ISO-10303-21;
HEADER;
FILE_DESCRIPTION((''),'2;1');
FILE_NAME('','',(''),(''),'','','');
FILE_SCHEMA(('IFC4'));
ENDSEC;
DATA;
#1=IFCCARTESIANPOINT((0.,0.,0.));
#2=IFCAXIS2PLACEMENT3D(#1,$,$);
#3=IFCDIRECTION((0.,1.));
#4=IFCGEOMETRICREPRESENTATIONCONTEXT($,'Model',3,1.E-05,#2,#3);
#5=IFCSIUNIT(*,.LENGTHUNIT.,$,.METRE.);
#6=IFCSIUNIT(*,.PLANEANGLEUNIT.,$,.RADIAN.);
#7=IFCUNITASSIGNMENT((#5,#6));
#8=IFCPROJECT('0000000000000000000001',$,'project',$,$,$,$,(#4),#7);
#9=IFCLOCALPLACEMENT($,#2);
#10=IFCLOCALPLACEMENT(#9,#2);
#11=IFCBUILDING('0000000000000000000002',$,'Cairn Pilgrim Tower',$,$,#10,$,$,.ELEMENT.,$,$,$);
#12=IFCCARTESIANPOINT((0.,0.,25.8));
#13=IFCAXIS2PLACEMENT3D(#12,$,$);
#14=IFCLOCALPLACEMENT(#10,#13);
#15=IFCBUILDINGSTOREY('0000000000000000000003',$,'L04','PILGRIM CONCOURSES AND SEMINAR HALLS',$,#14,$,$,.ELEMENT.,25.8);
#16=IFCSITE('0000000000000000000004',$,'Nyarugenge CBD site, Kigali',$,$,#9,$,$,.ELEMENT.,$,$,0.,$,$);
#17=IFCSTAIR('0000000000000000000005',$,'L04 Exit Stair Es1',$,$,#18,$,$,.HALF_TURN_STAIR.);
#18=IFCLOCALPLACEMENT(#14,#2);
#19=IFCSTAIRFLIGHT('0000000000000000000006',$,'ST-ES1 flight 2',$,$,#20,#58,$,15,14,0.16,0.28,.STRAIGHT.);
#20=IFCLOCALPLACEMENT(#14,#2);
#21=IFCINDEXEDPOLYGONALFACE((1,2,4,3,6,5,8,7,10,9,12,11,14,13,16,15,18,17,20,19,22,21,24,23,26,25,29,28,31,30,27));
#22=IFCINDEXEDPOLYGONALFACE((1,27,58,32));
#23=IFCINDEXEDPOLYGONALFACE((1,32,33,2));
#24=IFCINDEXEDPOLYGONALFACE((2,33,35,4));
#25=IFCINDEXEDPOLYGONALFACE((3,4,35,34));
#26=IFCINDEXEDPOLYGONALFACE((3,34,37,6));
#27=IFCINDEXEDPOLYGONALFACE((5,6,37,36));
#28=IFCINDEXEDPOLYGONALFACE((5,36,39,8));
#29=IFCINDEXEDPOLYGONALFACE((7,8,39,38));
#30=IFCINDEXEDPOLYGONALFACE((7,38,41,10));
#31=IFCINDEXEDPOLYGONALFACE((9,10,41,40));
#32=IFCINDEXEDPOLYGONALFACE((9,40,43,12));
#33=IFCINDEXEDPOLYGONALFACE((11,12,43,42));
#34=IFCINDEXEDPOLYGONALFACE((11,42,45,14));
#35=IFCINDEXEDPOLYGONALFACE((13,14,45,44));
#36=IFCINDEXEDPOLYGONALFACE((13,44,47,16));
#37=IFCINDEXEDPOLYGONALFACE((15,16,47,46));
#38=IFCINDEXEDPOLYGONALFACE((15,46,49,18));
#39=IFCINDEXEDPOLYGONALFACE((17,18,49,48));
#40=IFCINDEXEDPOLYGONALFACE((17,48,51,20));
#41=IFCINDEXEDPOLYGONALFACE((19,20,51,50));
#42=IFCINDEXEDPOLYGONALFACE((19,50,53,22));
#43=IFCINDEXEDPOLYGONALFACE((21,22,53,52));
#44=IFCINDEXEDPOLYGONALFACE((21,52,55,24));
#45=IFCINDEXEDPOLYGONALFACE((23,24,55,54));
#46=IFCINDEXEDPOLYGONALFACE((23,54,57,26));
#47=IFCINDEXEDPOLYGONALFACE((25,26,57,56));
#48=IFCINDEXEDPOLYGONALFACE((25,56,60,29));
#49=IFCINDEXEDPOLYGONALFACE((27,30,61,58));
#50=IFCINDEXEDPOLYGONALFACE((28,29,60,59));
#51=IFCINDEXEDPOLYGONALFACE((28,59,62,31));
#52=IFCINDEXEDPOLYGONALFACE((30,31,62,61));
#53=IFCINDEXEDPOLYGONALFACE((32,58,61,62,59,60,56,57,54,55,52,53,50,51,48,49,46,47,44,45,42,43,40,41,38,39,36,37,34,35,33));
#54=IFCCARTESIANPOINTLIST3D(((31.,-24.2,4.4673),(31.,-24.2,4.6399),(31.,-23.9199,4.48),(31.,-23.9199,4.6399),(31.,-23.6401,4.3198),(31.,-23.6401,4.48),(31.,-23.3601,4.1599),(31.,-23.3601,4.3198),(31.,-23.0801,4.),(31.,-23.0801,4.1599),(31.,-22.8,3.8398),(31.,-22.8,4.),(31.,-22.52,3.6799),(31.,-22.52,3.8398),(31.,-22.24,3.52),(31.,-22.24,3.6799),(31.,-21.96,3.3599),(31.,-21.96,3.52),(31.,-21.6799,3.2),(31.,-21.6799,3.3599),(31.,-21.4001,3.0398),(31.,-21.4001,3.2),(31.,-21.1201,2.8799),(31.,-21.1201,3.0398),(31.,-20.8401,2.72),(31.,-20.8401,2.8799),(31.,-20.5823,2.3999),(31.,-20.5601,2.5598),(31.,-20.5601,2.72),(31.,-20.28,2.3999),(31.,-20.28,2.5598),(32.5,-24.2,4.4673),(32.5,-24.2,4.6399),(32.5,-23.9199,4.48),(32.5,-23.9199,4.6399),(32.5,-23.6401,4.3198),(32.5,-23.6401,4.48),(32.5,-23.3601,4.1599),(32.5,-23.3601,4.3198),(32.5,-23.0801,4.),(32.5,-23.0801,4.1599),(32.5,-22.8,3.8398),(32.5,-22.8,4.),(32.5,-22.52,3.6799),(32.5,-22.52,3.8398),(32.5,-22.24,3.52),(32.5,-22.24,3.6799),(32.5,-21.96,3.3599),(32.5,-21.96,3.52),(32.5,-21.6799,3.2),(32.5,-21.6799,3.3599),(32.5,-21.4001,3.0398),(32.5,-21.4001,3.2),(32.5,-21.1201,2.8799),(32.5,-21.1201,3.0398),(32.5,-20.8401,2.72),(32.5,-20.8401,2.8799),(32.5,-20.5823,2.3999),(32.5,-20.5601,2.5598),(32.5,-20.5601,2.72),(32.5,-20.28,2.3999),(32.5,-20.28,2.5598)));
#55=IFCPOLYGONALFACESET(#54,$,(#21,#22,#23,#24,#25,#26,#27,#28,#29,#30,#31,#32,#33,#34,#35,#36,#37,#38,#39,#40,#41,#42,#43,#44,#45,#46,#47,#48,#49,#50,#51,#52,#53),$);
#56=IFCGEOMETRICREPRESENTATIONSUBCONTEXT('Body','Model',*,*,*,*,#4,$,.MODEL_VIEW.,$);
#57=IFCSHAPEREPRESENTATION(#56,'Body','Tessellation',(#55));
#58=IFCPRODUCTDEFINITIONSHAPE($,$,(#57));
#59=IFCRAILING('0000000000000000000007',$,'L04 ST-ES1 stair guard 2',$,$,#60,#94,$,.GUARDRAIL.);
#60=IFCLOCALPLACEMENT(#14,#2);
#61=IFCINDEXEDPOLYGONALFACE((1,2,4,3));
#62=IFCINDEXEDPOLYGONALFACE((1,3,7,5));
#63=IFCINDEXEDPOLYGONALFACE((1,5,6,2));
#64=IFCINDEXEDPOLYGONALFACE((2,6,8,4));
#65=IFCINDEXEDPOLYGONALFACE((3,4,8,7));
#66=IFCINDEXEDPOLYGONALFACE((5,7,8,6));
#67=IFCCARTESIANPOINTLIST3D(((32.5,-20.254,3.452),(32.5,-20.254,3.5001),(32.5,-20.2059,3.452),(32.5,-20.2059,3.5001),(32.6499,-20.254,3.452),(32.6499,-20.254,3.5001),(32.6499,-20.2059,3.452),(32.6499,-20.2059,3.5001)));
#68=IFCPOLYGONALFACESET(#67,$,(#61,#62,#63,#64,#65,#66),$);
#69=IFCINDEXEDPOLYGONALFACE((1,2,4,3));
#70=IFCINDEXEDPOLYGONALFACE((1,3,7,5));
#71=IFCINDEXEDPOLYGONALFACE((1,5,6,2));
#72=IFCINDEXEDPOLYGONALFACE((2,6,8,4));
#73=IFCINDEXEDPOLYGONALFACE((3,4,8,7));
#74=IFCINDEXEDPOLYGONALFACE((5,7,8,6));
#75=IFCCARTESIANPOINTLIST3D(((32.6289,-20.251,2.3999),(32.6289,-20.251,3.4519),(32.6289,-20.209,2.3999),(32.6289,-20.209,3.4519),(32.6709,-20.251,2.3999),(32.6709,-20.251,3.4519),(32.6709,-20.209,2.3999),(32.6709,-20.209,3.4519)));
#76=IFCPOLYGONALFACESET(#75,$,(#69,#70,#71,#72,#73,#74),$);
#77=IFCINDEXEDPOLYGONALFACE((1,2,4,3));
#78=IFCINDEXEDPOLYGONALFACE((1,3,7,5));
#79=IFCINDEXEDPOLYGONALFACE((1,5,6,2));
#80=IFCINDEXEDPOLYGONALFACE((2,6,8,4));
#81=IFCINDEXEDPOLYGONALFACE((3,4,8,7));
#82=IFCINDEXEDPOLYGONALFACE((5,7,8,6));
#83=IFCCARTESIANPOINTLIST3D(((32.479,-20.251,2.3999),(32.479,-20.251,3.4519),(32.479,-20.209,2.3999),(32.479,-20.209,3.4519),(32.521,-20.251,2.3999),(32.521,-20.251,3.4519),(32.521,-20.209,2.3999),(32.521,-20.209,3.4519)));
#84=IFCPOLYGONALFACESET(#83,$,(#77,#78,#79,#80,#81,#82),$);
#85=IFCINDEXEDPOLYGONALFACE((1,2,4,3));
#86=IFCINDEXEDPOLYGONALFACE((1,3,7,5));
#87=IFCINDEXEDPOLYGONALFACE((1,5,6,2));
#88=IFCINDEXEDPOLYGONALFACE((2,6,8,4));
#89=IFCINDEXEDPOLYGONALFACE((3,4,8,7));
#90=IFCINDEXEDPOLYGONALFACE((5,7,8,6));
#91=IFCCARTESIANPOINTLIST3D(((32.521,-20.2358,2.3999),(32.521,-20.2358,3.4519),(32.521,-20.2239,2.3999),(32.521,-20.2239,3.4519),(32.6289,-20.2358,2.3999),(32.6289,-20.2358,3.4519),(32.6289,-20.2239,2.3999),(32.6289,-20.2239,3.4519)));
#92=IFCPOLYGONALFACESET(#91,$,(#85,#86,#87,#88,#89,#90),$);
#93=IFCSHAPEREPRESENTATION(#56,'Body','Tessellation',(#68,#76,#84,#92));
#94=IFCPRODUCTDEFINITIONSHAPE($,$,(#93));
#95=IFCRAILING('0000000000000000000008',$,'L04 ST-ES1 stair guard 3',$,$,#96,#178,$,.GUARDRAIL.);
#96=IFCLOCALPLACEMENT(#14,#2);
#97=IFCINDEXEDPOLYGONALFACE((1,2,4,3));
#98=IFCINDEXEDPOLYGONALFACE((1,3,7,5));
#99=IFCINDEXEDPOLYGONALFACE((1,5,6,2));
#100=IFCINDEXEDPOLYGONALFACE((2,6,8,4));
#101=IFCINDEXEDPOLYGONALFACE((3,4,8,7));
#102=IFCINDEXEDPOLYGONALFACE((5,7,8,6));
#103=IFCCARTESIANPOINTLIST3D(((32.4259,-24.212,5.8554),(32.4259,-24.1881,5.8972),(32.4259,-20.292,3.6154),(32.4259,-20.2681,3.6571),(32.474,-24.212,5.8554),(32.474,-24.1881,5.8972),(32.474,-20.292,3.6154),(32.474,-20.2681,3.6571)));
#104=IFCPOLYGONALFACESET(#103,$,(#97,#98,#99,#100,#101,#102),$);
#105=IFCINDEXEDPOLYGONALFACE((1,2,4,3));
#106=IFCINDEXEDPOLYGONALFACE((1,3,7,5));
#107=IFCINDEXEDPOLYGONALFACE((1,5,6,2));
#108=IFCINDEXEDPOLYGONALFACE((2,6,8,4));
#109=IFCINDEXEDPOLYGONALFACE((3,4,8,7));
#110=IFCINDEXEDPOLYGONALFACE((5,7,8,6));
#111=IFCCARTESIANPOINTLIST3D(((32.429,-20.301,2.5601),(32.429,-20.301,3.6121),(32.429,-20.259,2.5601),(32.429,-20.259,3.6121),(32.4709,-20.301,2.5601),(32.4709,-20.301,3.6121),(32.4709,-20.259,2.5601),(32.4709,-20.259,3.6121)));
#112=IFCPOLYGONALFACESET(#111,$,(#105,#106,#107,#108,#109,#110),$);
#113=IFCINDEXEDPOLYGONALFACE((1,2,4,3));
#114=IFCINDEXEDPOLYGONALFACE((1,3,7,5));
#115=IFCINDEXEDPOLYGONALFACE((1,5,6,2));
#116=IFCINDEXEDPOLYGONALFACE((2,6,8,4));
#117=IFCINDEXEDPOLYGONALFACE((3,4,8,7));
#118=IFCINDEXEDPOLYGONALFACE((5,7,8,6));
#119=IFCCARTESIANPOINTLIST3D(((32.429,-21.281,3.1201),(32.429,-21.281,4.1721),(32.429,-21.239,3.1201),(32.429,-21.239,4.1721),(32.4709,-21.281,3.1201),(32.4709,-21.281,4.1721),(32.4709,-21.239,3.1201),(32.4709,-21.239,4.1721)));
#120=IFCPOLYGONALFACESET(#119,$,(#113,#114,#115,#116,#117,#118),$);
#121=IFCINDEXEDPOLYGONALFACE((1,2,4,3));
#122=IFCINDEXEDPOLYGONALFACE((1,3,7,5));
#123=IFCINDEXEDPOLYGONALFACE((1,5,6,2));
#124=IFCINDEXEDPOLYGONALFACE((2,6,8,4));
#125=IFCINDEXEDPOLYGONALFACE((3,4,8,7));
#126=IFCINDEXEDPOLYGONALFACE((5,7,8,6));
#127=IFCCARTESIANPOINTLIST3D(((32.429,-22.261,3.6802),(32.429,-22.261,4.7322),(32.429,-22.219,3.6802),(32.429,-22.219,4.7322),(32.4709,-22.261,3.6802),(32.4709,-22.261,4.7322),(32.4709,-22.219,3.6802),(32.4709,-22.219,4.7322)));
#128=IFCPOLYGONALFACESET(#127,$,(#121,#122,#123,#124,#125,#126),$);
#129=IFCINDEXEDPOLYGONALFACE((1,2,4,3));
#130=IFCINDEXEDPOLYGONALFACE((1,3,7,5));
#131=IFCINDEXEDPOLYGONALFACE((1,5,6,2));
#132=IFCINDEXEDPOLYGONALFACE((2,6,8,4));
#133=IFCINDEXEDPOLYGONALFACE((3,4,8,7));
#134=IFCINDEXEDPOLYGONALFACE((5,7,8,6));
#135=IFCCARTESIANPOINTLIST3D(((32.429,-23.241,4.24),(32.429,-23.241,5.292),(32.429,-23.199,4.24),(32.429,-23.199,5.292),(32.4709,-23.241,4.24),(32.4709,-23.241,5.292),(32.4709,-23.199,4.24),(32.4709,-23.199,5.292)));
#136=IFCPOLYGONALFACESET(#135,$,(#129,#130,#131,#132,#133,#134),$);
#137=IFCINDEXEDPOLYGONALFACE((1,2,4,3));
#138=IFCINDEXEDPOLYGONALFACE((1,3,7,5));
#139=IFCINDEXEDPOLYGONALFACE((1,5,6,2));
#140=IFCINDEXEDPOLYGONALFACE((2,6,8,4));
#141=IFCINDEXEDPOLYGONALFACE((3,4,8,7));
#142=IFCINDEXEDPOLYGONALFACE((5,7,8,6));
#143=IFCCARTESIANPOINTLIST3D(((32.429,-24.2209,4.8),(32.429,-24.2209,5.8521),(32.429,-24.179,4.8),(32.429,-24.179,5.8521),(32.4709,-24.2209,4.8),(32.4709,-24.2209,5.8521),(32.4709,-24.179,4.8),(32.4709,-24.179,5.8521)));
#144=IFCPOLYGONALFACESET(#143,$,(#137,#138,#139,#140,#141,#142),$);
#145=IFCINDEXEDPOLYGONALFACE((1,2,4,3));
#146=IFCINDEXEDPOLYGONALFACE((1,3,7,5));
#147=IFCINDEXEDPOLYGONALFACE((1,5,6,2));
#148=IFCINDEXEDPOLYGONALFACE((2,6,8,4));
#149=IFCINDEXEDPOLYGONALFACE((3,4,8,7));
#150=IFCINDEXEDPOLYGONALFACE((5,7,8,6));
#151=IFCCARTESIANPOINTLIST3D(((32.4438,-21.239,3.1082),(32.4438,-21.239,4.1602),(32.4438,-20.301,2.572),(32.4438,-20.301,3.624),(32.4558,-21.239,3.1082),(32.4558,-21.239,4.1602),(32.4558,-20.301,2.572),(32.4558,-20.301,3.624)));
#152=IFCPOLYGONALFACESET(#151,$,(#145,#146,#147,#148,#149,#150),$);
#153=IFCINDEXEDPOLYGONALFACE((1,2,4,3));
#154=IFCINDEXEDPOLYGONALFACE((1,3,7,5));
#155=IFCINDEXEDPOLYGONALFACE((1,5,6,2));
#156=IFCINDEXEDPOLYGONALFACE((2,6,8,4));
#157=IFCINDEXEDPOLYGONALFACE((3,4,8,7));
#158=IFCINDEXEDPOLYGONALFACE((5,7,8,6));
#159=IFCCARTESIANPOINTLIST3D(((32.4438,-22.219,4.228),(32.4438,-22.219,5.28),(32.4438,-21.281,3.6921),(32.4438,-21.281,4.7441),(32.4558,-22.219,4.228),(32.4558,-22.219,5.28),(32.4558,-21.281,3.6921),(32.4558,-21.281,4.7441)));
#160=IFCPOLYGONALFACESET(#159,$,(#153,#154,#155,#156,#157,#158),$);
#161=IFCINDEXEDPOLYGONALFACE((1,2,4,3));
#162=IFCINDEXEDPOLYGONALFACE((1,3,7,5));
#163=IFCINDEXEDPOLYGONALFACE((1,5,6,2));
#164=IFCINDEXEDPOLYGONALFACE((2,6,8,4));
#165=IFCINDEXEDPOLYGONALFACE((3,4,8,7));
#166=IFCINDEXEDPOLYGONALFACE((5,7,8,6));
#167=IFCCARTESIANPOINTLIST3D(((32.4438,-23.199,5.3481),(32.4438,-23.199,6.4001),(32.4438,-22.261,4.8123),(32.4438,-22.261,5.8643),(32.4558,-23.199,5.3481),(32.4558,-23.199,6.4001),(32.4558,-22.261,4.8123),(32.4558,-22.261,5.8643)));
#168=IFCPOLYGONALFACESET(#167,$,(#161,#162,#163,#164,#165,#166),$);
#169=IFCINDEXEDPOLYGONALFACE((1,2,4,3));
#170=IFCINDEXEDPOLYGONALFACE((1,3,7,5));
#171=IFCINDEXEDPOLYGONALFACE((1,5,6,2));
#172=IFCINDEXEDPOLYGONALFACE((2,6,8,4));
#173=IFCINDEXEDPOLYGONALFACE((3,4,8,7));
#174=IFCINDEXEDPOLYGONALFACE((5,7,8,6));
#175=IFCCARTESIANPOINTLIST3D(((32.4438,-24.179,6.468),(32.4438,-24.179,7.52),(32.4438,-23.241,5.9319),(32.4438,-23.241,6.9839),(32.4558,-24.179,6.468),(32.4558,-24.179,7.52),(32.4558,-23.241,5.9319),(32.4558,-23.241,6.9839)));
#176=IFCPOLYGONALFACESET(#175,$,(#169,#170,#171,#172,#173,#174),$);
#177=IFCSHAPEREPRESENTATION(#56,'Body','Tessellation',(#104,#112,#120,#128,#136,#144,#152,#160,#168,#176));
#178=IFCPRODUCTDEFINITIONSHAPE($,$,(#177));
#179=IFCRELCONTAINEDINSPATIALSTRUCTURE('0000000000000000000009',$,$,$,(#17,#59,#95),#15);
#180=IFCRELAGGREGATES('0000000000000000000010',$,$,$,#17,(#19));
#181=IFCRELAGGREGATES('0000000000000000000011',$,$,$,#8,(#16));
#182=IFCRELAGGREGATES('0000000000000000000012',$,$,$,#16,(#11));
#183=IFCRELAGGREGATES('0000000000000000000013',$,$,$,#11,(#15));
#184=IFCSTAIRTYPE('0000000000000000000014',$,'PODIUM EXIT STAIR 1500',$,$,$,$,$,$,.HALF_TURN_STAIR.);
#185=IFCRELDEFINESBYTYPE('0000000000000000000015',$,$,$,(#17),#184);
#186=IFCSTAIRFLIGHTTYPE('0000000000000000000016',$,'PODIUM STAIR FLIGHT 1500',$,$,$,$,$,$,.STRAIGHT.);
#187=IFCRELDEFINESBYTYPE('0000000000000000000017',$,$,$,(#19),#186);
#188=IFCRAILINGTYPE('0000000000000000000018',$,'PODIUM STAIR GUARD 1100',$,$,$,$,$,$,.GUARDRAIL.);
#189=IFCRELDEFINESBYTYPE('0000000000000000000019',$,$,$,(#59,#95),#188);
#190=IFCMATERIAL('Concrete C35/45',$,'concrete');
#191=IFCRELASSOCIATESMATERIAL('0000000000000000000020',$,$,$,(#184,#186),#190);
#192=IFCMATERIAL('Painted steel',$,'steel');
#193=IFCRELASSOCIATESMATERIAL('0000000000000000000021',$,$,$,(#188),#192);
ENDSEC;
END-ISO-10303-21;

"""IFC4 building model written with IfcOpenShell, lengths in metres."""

from ifc_helpers import new_model, si_unit, direction, frame, origin, origin_2d, place, context, subcontext, project, spatial, polyline, rectangle, outline, extrude, material, type_object, element, aggregate, save


model = new_model("IFC4")

# Units and contexts
model_context = context("Model", 3, precision=1e-05, world=origin(), true_north=direction((0.0, 1.0)))
body_context = subcontext(model_context, "Body", "Model", "MODEL_VIEW")
ifc_project = project(units=[si_unit("LENGTHUNIT", "METRE"), si_unit("PLANEANGLEUNIT", "RADIAN")], contexts=[model_context])

# Site, building, storey
site_placement = place(None, origin())
site = spatial("IfcSite", under=ifc_project, at=site_placement, Name="Nyarugenge CBD site, Kigali", CompositionType="ELEMENT", RefElevation=0.0)
building_placement = place(site_placement, origin())
building = spatial("IfcBuilding", under=site, at=building_placement, Name="Cairn Pilgrim Tower", CompositionType="ELEMENT")
storey_placement = place(building_placement, frame((0.0, 0.0, 25.8)))
storey = spatial("IfcBuildingStorey", under=building, at=storey_placement, Name="L04", Description="PILGRIM CONCOURSES AND SEMINAR HALLS", CompositionType="ELEMENT", Elevation=25.8)

# Shared definitions
ifc_material_1 = material(Name="Concrete C35/45", Category="concrete")

# Stair, stair flight
stair_type = type_object("IfcStairType", Name="PODIUM EXIT STAIR 1500", PredefinedType="HALF_TURN_STAIR", material=ifc_material_1)
stair_placement = place(storey_placement, origin())
stair = element("IfcStair", 1, at=stair_placement, inside=storey, type_object=stair_type, Name="L04 Exit Stair Es1", PredefinedType="HALF_TURN_STAIR")
stair_flight_type = type_object("IfcStairFlightType", Name="PODIUM STAIR FLIGHT 1500", PredefinedType="STRAIGHT", material=ifc_material_1)
stair_flight_placement = place(storey_placement, frame((31.75, -20.28, 2.3999), z_axis=(0.0, 0.0, 1.0), x_axis=(0.0, -1.0, 0.0)))
stair_flight = element("IfcStairFlight", 2, at=stair_flight_placement, type_object=stair_flight_type, Name="ST-ES1 flight 2", NumberOfRisers=15, NumberOfTreads=14, PredefinedType="STRAIGHT", RiserHeight=0.16, TreadLength=0.28, context=body_context, shape_type="SweptSolid", body=[
    extrude(outline(polyline([(0.0, 0.0), (0.0, 0.1599), (0.28, 0.1599), (0.28, 0.3201), (0.5601, 0.3201), (0.5601, 0.48), (0.8401, 0.48), (0.8401, 0.6399), (1.1201, 0.6399), (1.1201, 0.8), (1.3999, 0.8), (1.3999, 0.96), (1.6799, 0.96), (1.6799, 1.1201), (1.96, 1.1201), (1.96, 1.28), (2.24, 1.28), (2.24, 1.4399), (2.52, 1.4399), (2.52, 1.6001), (2.8, 1.6001), (2.8, 1.76), (3.0801, 1.76), (3.0801, 1.9199), (3.3601, 1.9199), (3.3601, 2.0801), (3.6399, 2.0801), (3.6399, 2.24), (3.9199, 2.24), (3.9199, 2.3999), (3.9199, 2.0674), (0.3022, 0.0), (0.0, 0.0)])), frame((0.0, 0.75, 0.0), z_axis=(0.0, -1.0, 0.0), x_axis=(1.0, 0.0, 0.0)), (0.0, 0.0, 1.0), 1.5),
])
aggregate(stair, [stair_flight])

# Railings
ifc_material_2 = material(Name="Painted steel", Category="steel")
railing_type_1 = type_object("IfcRailingType", Name="PODIUM STAIR GUARD 1100", PredefinedType="GUARDRAIL", material=ifc_material_2)
railing_1_placement = place(storey_placement, frame((32.6499, -20.23, 2.3999)))
element("IfcRailing", 3, at=railing_1_placement, inside=storey, type_object=railing_type_1, Name="L04 ST-ES1 stair guard 2", PredefinedType="GUARDRAIL", context=body_context, shape_type="SweptSolid", body=[
    extrude(rectangle(XDim=0.0481, YDim=0.0481, at=origin_2d()), frame((0.0, 0.0, 1.0762), z_axis=(-1.0, 0.0, 0.0), x_axis=(0.0, -1.0, 0.0)), (0.0, 0.0, 1.0), 0.1499),
    extrude(rectangle(XDim=0.042, YDim=0.042, at=origin_2d()), origin(), (0.0, 0.0, 1.0), 1.052),
    extrude(rectangle(XDim=0.042, YDim=0.042, at=origin_2d()), frame((-0.1499, 0.0, 0.0)), (0.0, 0.0, 1.0), 1.052),
    extrude(outline(polyline([(0.021, 0.0), (0.1289, 0.0), (0.1289, 1.052), (0.021, 1.052), (0.021, 0.0)])), frame((0.0, -0.0059, 0.0), z_axis=(0.0, 1.0, 0.0), x_axis=(-1.0, 0.0, 0.0)), (0.0, 0.0, 1.0), 0.012),
])
railing_2_placement = place(storey_placement, frame((32.45, -20.28, 2.5601)))
element("IfcRailing", 4, at=railing_2_placement, inside=storey, type_object=railing_type_1, Name="L04 ST-ES1 stair guard 3", PredefinedType="GUARDRAIL", context=body_context, shape_type="SweptSolid", body=[
    extrude(rectangle(XDim=0.0481, YDim=0.0481, at=origin_2d()), frame((0.0, 0.0, 1.0762), z_axis=(0.0, -0.86824, 0.496145), x_axis=(1.0, 0.0, 0.0)), (0.0, 0.0, 1.0), 4.5149),
    extrude(rectangle(XDim=0.042, YDim=0.042, at=origin_2d()), origin(), (0.0, 0.0, 1.0), 1.052),
    extrude(rectangle(XDim=0.042, YDim=0.042, at=origin_2d()), frame((0.0, -0.98, 0.5601)), (0.0, 0.0, 1.0), 1.052),
    extrude(rectangle(XDim=0.042, YDim=0.042, at=origin_2d()), frame((0.0, -1.96, 1.1201)), (0.0, 0.0, 1.0), 1.052),
    extrude(rectangle(XDim=0.042, YDim=0.042, at=origin_2d()), frame((0.0, -2.9399, 1.6799)), (0.0, 0.0, 1.0), 1.052),
    extrude(rectangle(XDim=0.042, YDim=0.042, at=origin_2d()), frame((0.0, -3.9199, 2.24)), (0.0, 0.0, 1.0), 1.052),
    extrude(outline(polyline([(0.021, 0.012), (0.959, 0.5481), (0.959, 1.6001), (0.021, 1.064), (0.021, 0.012)])), frame((0.0059, 0.0, 0.0), z_axis=(-1.0, 0.0, 0.0), x_axis=(0.0, -1.0, 0.0)), (0.0, 0.0, 1.0), 0.012),
    extrude(outline(polyline([(0.021, 0.572), (0.959, 1.1079), (0.959, 2.1599), (0.021, 1.624), (0.021, 0.572)])), frame((0.0059, -0.98, 0.5601), z_axis=(-1.0, 0.0, 0.0), x_axis=(0.0, -1.0, 0.0)), (0.0, 0.0, 1.0), 0.012),
    extrude(outline(polyline([(0.021, 1.1321), (0.959, 1.668), (0.959, 2.72), (0.021, 2.1841), (0.021, 1.1321)])), frame((0.0059, -1.96, 1.1201), z_axis=(-1.0, 0.0, 0.0), x_axis=(0.0, -1.0, 0.0)), (0.0, 0.0, 1.0), 0.012),
    extrude(outline(polyline([(0.021, 1.6919), (0.959, 2.228), (0.959, 3.28), (0.021, 2.7439), (0.021, 1.6919)])), frame((0.0059, -2.9399, 1.6799), z_axis=(-1.0, 0.0, 0.0), x_axis=(0.0, -1.0, 0.0)), (0.0, 0.0, 1.0), 0.012),
])

save(model, "model.ifc")
